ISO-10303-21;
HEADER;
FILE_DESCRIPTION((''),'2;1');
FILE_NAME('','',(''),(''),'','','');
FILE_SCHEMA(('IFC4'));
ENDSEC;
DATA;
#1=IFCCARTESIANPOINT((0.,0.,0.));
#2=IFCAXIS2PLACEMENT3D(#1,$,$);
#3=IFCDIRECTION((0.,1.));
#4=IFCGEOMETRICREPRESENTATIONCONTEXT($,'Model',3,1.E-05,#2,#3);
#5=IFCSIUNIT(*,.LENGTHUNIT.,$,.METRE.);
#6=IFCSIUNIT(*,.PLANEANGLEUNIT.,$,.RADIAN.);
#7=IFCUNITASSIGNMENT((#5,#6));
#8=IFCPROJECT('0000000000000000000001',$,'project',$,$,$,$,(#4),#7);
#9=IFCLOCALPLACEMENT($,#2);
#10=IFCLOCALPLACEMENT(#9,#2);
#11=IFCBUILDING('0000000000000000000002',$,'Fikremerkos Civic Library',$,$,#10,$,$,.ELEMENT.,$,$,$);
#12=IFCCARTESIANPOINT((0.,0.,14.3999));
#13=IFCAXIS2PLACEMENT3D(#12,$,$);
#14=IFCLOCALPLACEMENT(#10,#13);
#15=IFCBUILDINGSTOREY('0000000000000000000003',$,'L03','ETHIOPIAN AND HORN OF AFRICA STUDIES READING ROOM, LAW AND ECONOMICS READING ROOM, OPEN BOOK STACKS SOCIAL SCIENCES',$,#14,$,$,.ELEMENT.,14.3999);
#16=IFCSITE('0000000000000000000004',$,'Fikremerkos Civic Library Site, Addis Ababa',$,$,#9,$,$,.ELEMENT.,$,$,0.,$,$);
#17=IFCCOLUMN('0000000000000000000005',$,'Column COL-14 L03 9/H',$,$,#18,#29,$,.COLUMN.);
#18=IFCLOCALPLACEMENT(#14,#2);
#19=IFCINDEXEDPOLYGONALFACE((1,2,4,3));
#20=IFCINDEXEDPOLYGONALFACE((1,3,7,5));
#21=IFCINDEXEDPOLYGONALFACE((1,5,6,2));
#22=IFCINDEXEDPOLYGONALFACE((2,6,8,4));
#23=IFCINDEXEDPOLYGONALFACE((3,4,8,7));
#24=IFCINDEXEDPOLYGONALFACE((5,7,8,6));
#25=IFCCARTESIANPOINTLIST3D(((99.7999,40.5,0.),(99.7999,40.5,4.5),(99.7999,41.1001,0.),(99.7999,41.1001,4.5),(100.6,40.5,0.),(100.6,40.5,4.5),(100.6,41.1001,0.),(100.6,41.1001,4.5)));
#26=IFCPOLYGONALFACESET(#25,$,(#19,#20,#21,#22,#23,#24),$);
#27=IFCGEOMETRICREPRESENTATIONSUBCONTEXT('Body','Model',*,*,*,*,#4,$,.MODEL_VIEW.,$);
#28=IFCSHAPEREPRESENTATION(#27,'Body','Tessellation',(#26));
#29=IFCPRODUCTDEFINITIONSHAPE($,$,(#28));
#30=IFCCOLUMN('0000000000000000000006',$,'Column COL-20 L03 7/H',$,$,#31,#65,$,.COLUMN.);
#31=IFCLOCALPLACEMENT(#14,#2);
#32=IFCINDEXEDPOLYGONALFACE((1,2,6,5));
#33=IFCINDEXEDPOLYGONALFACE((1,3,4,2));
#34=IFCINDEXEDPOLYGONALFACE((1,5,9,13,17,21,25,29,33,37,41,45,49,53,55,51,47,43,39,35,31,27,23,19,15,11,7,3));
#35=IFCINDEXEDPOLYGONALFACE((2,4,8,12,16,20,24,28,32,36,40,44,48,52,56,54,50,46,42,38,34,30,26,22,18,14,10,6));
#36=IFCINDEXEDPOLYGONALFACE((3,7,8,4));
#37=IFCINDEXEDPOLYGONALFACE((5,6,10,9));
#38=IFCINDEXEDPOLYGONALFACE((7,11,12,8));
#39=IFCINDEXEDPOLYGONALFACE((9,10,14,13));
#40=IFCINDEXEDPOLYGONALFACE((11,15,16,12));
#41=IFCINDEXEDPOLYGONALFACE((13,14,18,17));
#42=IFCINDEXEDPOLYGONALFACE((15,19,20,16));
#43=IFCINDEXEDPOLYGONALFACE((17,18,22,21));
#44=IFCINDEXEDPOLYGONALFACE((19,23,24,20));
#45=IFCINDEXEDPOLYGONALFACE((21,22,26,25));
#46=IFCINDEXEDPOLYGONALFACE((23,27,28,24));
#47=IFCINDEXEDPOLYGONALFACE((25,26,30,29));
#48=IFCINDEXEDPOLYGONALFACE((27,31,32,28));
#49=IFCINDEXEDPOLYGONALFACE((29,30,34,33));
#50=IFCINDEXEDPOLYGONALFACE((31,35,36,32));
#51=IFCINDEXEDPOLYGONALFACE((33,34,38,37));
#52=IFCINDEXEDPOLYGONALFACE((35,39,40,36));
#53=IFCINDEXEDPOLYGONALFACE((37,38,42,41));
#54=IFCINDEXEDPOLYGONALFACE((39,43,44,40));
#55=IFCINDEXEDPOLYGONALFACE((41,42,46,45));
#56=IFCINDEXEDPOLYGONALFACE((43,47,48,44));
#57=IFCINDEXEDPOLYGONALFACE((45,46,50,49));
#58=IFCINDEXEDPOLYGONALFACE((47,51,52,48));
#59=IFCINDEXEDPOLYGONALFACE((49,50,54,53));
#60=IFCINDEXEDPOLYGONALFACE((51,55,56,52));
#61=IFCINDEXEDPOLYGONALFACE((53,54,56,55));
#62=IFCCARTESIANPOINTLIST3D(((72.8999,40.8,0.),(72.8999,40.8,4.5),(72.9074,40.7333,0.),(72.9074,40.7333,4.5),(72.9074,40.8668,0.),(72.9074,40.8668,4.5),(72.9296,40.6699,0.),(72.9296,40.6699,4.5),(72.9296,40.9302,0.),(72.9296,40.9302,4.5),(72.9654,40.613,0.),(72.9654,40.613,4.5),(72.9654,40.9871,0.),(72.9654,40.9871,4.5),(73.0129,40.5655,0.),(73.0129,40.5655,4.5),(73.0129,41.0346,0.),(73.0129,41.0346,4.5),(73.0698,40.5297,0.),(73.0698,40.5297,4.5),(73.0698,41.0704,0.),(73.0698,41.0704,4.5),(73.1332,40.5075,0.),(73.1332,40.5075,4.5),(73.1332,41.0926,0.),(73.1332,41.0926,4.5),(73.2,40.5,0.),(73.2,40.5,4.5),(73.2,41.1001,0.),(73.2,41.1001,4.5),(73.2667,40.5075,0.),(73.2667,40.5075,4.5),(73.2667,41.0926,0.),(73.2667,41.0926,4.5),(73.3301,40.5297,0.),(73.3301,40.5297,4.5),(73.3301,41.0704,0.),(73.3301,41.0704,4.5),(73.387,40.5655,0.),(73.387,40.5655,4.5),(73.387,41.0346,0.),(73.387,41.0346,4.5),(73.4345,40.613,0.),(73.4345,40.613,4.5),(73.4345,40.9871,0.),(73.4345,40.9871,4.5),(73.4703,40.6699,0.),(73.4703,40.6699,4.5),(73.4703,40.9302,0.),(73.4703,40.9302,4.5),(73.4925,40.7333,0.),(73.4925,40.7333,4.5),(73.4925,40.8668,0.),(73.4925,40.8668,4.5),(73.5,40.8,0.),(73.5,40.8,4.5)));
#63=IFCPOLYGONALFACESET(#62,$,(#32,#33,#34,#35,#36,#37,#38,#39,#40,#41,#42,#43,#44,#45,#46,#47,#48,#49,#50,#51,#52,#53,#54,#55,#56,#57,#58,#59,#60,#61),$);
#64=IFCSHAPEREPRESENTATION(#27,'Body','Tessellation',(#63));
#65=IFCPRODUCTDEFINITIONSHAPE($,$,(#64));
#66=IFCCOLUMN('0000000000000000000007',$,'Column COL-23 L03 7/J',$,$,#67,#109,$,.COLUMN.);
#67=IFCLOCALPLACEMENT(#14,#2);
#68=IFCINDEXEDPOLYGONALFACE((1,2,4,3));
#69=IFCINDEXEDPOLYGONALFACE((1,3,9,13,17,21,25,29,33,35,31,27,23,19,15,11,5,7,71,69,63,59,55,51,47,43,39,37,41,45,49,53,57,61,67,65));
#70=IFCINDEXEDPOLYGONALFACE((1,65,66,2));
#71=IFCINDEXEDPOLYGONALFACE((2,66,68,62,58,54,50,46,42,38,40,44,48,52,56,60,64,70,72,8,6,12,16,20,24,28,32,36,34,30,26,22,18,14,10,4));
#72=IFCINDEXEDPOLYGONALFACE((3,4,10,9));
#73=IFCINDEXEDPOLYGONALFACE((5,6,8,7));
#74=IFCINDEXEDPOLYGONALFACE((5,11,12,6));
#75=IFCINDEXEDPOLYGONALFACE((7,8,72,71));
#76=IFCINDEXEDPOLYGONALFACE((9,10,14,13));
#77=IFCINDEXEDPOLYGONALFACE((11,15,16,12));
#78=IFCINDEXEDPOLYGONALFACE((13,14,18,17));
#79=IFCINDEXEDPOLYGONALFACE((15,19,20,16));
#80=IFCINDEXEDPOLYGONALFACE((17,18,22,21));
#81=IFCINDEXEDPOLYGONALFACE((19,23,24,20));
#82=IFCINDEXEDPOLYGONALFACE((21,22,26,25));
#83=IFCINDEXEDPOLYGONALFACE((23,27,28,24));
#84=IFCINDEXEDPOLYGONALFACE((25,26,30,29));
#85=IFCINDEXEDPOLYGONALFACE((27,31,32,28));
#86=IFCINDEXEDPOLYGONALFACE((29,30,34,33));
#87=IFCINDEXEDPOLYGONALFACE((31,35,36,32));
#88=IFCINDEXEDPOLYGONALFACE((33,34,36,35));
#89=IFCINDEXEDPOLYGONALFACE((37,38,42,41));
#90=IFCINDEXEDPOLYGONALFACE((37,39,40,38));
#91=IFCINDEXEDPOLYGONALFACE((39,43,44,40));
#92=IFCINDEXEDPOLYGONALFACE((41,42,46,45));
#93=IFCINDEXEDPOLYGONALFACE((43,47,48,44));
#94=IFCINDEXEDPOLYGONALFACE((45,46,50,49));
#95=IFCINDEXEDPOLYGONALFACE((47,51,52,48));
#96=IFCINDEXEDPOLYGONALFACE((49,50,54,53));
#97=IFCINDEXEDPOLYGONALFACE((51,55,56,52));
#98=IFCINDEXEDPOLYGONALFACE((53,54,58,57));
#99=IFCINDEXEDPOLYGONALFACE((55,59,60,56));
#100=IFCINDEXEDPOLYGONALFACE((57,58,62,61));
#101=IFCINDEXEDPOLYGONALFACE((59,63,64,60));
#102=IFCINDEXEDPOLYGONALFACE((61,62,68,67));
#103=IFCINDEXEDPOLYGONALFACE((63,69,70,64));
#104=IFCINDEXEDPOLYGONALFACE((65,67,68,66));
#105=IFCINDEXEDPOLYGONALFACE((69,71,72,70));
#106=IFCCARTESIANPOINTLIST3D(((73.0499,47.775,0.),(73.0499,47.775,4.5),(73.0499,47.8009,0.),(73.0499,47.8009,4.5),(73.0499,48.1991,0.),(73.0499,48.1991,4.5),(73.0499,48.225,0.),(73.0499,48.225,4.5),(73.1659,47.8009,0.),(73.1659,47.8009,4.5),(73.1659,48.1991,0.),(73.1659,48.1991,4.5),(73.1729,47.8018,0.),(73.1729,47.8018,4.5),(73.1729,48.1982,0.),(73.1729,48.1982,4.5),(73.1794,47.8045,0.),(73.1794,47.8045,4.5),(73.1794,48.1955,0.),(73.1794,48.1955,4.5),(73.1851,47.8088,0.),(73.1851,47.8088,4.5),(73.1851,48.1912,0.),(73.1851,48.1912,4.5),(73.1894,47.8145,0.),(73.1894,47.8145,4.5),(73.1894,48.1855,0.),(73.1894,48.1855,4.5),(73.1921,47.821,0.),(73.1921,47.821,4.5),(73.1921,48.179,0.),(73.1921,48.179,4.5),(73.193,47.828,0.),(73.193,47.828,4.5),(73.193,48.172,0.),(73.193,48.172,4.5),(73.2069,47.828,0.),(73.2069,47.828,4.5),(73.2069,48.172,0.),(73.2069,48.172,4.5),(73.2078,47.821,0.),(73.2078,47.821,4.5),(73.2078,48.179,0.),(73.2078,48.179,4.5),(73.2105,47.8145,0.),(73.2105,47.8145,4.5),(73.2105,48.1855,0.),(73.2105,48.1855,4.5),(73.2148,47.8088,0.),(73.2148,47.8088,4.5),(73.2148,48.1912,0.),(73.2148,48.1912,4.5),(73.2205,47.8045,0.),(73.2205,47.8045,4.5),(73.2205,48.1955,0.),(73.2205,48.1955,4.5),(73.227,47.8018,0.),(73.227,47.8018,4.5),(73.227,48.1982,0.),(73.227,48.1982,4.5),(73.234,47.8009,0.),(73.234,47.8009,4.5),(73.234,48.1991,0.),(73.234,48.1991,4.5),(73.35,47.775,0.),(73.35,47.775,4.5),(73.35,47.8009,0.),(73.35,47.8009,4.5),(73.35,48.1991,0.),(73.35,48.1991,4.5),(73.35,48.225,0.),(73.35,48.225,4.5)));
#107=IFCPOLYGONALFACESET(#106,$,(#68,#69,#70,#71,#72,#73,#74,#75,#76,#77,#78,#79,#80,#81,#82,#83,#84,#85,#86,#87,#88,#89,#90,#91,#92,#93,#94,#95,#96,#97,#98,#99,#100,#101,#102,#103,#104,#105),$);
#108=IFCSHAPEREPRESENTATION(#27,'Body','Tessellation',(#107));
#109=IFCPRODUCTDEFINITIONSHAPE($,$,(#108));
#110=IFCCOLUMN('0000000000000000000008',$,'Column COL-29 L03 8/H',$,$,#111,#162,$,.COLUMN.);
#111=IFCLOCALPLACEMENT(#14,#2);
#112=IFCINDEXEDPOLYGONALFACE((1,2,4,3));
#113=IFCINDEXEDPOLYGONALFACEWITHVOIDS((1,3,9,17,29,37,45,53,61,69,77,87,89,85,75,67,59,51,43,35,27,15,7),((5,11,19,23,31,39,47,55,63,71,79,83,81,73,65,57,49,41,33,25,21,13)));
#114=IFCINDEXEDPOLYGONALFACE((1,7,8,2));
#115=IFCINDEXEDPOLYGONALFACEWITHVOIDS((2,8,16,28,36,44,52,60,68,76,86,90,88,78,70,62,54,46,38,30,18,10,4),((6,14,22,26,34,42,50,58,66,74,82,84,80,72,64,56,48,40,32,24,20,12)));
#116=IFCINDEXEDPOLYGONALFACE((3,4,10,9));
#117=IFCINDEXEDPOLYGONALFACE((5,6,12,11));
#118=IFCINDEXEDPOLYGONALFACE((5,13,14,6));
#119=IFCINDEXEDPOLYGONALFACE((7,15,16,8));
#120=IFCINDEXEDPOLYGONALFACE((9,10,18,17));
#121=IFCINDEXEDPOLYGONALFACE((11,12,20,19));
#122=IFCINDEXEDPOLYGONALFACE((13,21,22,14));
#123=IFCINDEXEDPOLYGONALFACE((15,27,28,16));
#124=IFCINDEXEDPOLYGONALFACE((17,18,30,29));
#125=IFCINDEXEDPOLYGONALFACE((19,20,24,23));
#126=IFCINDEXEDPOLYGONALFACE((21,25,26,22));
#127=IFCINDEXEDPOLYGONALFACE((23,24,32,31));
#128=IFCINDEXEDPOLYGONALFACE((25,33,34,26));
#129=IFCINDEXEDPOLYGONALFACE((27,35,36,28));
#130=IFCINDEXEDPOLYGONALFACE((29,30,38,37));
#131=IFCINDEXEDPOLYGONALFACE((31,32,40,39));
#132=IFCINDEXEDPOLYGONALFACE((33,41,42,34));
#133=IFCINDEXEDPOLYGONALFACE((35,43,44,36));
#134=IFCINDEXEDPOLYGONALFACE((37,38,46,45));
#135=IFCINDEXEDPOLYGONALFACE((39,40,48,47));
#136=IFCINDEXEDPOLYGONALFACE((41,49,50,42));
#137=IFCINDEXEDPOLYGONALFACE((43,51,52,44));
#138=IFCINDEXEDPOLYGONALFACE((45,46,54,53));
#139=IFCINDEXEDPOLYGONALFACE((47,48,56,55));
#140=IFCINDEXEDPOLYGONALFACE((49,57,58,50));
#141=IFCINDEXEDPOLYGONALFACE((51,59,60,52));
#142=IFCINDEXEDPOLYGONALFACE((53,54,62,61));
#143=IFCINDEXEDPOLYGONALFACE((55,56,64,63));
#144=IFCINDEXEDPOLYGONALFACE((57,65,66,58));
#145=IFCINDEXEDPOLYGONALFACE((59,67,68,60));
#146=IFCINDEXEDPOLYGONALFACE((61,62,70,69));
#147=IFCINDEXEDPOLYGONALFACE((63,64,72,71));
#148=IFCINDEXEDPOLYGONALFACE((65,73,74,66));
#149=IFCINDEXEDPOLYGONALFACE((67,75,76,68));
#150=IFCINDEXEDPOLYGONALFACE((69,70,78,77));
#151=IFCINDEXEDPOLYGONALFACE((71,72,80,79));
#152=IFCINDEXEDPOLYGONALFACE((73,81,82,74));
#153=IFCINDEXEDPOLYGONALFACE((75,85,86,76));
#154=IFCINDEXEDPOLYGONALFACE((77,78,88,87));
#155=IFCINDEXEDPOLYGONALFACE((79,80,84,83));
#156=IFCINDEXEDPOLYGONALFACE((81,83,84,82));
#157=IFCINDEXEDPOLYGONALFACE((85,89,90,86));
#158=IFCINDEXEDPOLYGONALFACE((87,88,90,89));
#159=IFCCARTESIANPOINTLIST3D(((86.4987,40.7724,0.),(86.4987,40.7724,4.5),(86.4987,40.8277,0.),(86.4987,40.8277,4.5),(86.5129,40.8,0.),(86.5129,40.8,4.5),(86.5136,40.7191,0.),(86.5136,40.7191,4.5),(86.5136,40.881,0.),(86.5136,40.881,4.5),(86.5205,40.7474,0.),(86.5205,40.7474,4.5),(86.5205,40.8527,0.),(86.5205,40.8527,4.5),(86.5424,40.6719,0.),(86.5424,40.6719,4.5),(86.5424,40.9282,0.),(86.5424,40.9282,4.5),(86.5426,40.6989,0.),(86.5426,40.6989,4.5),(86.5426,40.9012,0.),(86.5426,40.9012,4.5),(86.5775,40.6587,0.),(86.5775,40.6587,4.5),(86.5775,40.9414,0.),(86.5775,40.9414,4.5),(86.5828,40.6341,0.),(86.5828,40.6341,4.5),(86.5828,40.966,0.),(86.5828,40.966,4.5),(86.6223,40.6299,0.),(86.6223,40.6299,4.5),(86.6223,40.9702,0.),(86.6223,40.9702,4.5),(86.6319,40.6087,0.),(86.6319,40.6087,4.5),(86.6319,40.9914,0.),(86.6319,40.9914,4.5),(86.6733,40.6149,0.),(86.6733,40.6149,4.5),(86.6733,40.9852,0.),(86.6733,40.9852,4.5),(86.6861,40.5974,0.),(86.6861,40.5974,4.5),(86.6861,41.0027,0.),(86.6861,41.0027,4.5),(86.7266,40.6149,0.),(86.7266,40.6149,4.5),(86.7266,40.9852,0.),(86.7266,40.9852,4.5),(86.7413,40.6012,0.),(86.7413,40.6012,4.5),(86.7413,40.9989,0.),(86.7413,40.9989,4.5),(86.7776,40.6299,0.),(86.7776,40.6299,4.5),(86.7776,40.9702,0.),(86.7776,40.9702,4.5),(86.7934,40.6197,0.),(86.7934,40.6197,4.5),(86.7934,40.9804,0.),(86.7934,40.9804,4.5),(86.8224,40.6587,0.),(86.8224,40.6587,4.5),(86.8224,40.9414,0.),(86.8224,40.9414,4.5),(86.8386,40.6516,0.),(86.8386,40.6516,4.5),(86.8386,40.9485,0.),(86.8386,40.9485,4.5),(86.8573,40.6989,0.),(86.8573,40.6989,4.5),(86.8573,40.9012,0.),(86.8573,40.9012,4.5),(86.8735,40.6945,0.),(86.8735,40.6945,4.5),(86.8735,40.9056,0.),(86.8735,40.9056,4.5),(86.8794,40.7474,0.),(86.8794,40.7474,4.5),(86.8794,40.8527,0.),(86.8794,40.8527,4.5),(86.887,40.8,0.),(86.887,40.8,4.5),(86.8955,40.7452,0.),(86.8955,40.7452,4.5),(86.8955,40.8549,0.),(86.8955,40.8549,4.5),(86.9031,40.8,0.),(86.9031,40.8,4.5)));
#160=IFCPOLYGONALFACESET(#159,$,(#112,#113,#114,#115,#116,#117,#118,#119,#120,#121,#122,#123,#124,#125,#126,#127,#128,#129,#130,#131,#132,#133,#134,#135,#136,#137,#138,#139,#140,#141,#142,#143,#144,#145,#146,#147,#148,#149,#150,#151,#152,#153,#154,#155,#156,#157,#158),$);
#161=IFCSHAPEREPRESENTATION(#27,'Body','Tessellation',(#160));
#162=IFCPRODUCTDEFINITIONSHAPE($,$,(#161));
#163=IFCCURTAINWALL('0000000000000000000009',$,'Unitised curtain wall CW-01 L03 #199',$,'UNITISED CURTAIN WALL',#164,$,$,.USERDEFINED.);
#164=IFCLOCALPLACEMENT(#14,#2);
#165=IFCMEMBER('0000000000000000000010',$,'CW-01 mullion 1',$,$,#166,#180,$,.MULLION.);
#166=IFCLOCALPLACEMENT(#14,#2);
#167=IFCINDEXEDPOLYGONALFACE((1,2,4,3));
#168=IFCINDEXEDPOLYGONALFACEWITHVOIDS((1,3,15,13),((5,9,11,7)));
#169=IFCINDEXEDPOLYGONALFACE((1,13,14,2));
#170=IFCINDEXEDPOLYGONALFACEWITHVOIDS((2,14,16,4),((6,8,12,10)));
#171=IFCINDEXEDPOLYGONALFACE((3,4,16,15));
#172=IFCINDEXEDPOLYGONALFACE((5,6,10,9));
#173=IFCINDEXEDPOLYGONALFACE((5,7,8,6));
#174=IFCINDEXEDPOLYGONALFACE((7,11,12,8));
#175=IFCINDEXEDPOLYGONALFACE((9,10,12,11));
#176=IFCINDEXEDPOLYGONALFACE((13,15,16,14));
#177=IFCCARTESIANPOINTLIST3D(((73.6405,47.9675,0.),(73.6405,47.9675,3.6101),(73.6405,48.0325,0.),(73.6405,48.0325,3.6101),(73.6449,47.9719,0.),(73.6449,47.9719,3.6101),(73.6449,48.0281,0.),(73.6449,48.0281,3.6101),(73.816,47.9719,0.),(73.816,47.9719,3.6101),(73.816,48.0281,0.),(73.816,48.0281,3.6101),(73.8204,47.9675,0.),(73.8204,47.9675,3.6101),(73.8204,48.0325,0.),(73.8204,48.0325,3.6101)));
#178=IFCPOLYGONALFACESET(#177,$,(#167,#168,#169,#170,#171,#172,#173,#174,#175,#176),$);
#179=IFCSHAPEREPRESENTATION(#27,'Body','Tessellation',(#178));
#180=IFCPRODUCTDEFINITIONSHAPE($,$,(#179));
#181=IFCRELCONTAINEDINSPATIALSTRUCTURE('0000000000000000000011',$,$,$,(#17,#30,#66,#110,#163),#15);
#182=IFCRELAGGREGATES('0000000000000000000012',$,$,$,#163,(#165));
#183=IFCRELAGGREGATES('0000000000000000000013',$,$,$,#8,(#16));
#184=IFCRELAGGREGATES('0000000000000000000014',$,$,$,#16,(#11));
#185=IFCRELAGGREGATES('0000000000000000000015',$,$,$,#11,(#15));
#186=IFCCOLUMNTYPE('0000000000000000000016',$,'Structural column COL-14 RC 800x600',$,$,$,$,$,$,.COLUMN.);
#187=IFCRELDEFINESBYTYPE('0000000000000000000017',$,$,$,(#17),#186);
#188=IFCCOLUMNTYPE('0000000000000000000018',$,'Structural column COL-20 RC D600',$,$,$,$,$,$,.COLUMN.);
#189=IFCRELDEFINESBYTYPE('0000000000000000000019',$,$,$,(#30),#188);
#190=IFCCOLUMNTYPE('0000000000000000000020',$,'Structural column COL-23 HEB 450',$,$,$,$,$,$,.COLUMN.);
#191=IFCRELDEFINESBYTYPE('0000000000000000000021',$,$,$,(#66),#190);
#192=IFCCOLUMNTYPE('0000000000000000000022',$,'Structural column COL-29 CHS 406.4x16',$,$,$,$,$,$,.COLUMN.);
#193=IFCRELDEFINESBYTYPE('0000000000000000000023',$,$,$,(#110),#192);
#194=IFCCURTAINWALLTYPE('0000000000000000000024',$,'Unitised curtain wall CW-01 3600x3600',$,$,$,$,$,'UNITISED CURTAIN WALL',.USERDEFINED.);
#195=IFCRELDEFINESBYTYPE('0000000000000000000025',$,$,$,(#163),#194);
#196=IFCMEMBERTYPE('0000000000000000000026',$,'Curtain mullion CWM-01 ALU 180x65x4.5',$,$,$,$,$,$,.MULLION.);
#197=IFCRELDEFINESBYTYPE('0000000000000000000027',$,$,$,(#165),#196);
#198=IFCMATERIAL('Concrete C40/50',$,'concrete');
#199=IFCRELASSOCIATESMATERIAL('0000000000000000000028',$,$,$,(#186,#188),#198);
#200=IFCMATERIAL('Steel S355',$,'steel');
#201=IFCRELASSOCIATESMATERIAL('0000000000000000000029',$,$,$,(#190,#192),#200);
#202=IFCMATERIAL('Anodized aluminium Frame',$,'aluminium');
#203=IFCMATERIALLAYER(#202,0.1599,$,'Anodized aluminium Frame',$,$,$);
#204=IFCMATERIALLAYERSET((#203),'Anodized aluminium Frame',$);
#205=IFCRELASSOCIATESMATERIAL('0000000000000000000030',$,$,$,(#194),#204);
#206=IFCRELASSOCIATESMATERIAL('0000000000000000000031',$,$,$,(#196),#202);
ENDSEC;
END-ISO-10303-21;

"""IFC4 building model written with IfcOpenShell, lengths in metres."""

from ifc_helpers import new_model, si_unit, direction, frame, origin, origin_2d, place, context, subcontext, project, spatial, rectangle, hollow_rectangle, circle, hollow_circle, i_section, extrude, material, layer, layer_set, material_profile, profile_set, type_object, element, aggregate, save


model = new_model("IFC4")

# Units and contexts
model_context = context("Model", 3, precision=1e-05, world=origin(), true_north=direction((0.0, 1.0)))
body_context = subcontext(model_context, "Body", "Model", "MODEL_VIEW")
ifc_project = project(units=[si_unit("LENGTHUNIT", "METRE"), si_unit("PLANEANGLEUNIT", "RADIAN")], contexts=[model_context])

# Site, building, storey
site_placement = place(None, origin())
site = spatial("IfcSite", under=ifc_project, at=site_placement, Name="Fikremerkos Civic Library Site, Addis Ababa", CompositionType="ELEMENT", RefElevation=0.0)
building_placement = place(site_placement, origin())
building = spatial("IfcBuilding", under=site, at=building_placement, Name="Fikremerkos Civic Library", CompositionType="ELEMENT")
storey_placement = place(building_placement, frame((0.0, 0.0, 14.3999)))
storey = spatial("IfcBuildingStorey", under=building, at=storey_placement, Name="L03", Description="ETHIOPIAN AND HORN OF AFRICA STUDIES READING ROOM, LAW AND ECONOMICS READING ROOM, OPEN BOOK STACKS SOCIAL SCIENCES", CompositionType="ELEMENT", Elevation=14.3999)

# Columns
ifc_material_1 = material(Name="Concrete C40/50", Category="concrete")
ifc_material_profile_1 = material_profile(ifc_material_1, rectangle(XDim=0.8, YDim=0.6001, at=origin_2d()), Name="RC 800x600")
ifc_profile_set_1 = profile_set([ifc_material_profile_1], Name="Concrete C40/50")
column_type_1 = type_object("IfcColumnType", Name="Structural column COL-14 RC 800x600", PredefinedType="COLUMN", material=ifc_profile_set_1)
column_1_placement = place(storey_placement, frame((100.2, 40.8, 0.0), z_axis=(0.0, 0.0, 1.0), x_axis=(1.0, 0.0, 0.0)))
element("IfcColumn", 1, at=column_1_placement, inside=storey, type_object=column_type_1, Name="Column COL-14 L03 9/H", PredefinedType="COLUMN", context=body_context, shape_type="SweptSolid", body=[
    extrude(rectangle(XDim=0.8, YDim=0.6001, at=origin_2d()), origin(), (0.0, 0.0, 1.0), 4.5),
])
ifc_material_profile_2 = material_profile(ifc_material_1, circle(Radius=0.3, at=origin_2d()), Name="RC D600")
ifc_profile_set_2 = profile_set([ifc_material_profile_2], Name="Concrete C40/50")
column_type_2 = type_object("IfcColumnType", Name="Structural column COL-20 RC D600", PredefinedType="COLUMN", material=ifc_profile_set_2)
column_2_placement = place(storey_placement, frame((73.2, 40.8, 0.0), z_axis=(0.0, 0.0, 1.0), x_axis=(1.0, 0.0, 0.0)))
element("IfcColumn", 2, at=column_2_placement, inside=storey, type_object=column_type_2, Name="Column COL-20 L03 7/H", PredefinedType="COLUMN", context=body_context, shape_type="SweptSolid", body=[
    extrude(circle(Radius=0.3, at=origin_2d()), origin(), (0.0, 0.0, 1.0), 4.5),
])
ifc_material_2 = material(Name="Steel S355", Category="steel")
ifc_material_profile_3 = material_profile(ifc_material_2, i_section(OverallWidth=0.3, OverallDepth=0.45, WebThickness=0.0139, FlangeThickness=0.0259, FilletRadius=0.0271, at=origin_2d()), Name="HEB 450")
ifc_profile_set_3 = profile_set([ifc_material_profile_3], Name="Steel S355")
column_type_3 = type_object("IfcColumnType", Name="Structural column COL-23 HEB 450", PredefinedType="COLUMN", material=ifc_profile_set_3)
column_3_placement = place(storey_placement, frame((73.2, 48.0, 0.0), z_axis=(0.0, 0.0, 1.0), x_axis=(1.0, 0.0, 0.0)))
element("IfcColumn", 3, at=column_3_placement, inside=storey, type_object=column_type_3, Name="Column COL-23 L03 7/J", PredefinedType="COLUMN", context=body_context, shape_type="SweptSolid", body=[
    extrude(i_section(OverallWidth=0.3, OverallDepth=0.45, WebThickness=0.0139, FlangeThickness=0.0259, FilletRadius=0.0271, at=origin_2d()), origin(), (0.0, 0.0, 1.0), 4.5),
])
ifc_material_profile_4 = material_profile(ifc_material_2, hollow_circle(Radius=0.2031, WallThickness=0.0161, at=origin_2d()), Name="CHS 406.4x16")
ifc_profile_set_4 = profile_set([ifc_material_profile_4], Name="Steel S355")
column_type_4 = type_object("IfcColumnType", Name="Structural column COL-29 CHS 406.4x16", PredefinedType="COLUMN", material=ifc_profile_set_4)
column_4_placement = place(storey_placement, frame((86.7, 40.8, 0.0), z_axis=(0.0, 0.0, 1.0), x_axis=(1.0, 0.0, 0.0)))
element("IfcColumn", 4, at=column_4_placement, inside=storey, type_object=column_type_4, Name="Column COL-29 L03 8/H", PredefinedType="COLUMN", context=body_context, shape_type="SweptSolid", body=[
    extrude(hollow_circle(Radius=0.2031, WallThickness=0.0161, at=origin_2d()), origin(), (0.0, 0.0, 1.0), 4.5),
])

# Curtain wall, member
ifc_material_3 = material(Name="Anodized aluminium Frame", Category="aluminium")
ifc_layer_1 = layer(ifc_material_3, 0.1599, Name="Anodized aluminium Frame")
ifc_layer_set_1 = layer_set([ifc_layer_1], Name="Anodized aluminium Frame")
curtain_wall_type_1 = type_object("IfcCurtainWallType", Name="Unitised curtain wall CW-01 3600x3600", ElementType="UNITISED CURTAIN WALL", PredefinedType="USERDEFINED", material=ifc_layer_set_1)
curtain_wall_1_placement = place(storey_placement, origin())
curtain_wall_1 = element("IfcCurtainWall", 5, at=curtain_wall_1_placement, inside=storey, type_object=curtain_wall_type_1, Name="Unitised curtain wall CW-01 L03 #199", ObjectType="UNITISED CURTAIN WALL", PredefinedType="USERDEFINED")
ifc_material_profile_5 = material_profile(ifc_material_3, hollow_rectangle(XDim=0.0649, YDim=0.1799, WallThickness=0.0044, at=origin_2d()), Name="ALU 180x65x4.5")
ifc_profile_set_5 = profile_set([ifc_material_profile_5], Name="Anodized aluminium Frame")
member_type_1 = type_object("IfcMemberType", Name="Curtain mullion CWM-01 ALU 180x65x4.5", PredefinedType="MULLION", material=ifc_profile_set_5)
member_1_placement = place(storey_placement, frame((73.7305, 48.0, 0.0), z_axis=(0.0, 0.0, 1.0), x_axis=(0.0, 1.0, 0.0)))
member_1 = element("IfcMember", 6, at=member_1_placement, type_object=member_type_1, Name="CW-01 mullion 1", PredefinedType="MULLION", context=body_context, shape_type="SweptSolid", body=[
    extrude(hollow_rectangle(XDim=0.0649, YDim=0.1799, WallThickness=0.0044, at=origin_2d()), origin(), (0.0, 0.0, 1.0), 3.6101),
])

aggregate(curtain_wall_1, [member_1])

save(model, "model.ifc")
